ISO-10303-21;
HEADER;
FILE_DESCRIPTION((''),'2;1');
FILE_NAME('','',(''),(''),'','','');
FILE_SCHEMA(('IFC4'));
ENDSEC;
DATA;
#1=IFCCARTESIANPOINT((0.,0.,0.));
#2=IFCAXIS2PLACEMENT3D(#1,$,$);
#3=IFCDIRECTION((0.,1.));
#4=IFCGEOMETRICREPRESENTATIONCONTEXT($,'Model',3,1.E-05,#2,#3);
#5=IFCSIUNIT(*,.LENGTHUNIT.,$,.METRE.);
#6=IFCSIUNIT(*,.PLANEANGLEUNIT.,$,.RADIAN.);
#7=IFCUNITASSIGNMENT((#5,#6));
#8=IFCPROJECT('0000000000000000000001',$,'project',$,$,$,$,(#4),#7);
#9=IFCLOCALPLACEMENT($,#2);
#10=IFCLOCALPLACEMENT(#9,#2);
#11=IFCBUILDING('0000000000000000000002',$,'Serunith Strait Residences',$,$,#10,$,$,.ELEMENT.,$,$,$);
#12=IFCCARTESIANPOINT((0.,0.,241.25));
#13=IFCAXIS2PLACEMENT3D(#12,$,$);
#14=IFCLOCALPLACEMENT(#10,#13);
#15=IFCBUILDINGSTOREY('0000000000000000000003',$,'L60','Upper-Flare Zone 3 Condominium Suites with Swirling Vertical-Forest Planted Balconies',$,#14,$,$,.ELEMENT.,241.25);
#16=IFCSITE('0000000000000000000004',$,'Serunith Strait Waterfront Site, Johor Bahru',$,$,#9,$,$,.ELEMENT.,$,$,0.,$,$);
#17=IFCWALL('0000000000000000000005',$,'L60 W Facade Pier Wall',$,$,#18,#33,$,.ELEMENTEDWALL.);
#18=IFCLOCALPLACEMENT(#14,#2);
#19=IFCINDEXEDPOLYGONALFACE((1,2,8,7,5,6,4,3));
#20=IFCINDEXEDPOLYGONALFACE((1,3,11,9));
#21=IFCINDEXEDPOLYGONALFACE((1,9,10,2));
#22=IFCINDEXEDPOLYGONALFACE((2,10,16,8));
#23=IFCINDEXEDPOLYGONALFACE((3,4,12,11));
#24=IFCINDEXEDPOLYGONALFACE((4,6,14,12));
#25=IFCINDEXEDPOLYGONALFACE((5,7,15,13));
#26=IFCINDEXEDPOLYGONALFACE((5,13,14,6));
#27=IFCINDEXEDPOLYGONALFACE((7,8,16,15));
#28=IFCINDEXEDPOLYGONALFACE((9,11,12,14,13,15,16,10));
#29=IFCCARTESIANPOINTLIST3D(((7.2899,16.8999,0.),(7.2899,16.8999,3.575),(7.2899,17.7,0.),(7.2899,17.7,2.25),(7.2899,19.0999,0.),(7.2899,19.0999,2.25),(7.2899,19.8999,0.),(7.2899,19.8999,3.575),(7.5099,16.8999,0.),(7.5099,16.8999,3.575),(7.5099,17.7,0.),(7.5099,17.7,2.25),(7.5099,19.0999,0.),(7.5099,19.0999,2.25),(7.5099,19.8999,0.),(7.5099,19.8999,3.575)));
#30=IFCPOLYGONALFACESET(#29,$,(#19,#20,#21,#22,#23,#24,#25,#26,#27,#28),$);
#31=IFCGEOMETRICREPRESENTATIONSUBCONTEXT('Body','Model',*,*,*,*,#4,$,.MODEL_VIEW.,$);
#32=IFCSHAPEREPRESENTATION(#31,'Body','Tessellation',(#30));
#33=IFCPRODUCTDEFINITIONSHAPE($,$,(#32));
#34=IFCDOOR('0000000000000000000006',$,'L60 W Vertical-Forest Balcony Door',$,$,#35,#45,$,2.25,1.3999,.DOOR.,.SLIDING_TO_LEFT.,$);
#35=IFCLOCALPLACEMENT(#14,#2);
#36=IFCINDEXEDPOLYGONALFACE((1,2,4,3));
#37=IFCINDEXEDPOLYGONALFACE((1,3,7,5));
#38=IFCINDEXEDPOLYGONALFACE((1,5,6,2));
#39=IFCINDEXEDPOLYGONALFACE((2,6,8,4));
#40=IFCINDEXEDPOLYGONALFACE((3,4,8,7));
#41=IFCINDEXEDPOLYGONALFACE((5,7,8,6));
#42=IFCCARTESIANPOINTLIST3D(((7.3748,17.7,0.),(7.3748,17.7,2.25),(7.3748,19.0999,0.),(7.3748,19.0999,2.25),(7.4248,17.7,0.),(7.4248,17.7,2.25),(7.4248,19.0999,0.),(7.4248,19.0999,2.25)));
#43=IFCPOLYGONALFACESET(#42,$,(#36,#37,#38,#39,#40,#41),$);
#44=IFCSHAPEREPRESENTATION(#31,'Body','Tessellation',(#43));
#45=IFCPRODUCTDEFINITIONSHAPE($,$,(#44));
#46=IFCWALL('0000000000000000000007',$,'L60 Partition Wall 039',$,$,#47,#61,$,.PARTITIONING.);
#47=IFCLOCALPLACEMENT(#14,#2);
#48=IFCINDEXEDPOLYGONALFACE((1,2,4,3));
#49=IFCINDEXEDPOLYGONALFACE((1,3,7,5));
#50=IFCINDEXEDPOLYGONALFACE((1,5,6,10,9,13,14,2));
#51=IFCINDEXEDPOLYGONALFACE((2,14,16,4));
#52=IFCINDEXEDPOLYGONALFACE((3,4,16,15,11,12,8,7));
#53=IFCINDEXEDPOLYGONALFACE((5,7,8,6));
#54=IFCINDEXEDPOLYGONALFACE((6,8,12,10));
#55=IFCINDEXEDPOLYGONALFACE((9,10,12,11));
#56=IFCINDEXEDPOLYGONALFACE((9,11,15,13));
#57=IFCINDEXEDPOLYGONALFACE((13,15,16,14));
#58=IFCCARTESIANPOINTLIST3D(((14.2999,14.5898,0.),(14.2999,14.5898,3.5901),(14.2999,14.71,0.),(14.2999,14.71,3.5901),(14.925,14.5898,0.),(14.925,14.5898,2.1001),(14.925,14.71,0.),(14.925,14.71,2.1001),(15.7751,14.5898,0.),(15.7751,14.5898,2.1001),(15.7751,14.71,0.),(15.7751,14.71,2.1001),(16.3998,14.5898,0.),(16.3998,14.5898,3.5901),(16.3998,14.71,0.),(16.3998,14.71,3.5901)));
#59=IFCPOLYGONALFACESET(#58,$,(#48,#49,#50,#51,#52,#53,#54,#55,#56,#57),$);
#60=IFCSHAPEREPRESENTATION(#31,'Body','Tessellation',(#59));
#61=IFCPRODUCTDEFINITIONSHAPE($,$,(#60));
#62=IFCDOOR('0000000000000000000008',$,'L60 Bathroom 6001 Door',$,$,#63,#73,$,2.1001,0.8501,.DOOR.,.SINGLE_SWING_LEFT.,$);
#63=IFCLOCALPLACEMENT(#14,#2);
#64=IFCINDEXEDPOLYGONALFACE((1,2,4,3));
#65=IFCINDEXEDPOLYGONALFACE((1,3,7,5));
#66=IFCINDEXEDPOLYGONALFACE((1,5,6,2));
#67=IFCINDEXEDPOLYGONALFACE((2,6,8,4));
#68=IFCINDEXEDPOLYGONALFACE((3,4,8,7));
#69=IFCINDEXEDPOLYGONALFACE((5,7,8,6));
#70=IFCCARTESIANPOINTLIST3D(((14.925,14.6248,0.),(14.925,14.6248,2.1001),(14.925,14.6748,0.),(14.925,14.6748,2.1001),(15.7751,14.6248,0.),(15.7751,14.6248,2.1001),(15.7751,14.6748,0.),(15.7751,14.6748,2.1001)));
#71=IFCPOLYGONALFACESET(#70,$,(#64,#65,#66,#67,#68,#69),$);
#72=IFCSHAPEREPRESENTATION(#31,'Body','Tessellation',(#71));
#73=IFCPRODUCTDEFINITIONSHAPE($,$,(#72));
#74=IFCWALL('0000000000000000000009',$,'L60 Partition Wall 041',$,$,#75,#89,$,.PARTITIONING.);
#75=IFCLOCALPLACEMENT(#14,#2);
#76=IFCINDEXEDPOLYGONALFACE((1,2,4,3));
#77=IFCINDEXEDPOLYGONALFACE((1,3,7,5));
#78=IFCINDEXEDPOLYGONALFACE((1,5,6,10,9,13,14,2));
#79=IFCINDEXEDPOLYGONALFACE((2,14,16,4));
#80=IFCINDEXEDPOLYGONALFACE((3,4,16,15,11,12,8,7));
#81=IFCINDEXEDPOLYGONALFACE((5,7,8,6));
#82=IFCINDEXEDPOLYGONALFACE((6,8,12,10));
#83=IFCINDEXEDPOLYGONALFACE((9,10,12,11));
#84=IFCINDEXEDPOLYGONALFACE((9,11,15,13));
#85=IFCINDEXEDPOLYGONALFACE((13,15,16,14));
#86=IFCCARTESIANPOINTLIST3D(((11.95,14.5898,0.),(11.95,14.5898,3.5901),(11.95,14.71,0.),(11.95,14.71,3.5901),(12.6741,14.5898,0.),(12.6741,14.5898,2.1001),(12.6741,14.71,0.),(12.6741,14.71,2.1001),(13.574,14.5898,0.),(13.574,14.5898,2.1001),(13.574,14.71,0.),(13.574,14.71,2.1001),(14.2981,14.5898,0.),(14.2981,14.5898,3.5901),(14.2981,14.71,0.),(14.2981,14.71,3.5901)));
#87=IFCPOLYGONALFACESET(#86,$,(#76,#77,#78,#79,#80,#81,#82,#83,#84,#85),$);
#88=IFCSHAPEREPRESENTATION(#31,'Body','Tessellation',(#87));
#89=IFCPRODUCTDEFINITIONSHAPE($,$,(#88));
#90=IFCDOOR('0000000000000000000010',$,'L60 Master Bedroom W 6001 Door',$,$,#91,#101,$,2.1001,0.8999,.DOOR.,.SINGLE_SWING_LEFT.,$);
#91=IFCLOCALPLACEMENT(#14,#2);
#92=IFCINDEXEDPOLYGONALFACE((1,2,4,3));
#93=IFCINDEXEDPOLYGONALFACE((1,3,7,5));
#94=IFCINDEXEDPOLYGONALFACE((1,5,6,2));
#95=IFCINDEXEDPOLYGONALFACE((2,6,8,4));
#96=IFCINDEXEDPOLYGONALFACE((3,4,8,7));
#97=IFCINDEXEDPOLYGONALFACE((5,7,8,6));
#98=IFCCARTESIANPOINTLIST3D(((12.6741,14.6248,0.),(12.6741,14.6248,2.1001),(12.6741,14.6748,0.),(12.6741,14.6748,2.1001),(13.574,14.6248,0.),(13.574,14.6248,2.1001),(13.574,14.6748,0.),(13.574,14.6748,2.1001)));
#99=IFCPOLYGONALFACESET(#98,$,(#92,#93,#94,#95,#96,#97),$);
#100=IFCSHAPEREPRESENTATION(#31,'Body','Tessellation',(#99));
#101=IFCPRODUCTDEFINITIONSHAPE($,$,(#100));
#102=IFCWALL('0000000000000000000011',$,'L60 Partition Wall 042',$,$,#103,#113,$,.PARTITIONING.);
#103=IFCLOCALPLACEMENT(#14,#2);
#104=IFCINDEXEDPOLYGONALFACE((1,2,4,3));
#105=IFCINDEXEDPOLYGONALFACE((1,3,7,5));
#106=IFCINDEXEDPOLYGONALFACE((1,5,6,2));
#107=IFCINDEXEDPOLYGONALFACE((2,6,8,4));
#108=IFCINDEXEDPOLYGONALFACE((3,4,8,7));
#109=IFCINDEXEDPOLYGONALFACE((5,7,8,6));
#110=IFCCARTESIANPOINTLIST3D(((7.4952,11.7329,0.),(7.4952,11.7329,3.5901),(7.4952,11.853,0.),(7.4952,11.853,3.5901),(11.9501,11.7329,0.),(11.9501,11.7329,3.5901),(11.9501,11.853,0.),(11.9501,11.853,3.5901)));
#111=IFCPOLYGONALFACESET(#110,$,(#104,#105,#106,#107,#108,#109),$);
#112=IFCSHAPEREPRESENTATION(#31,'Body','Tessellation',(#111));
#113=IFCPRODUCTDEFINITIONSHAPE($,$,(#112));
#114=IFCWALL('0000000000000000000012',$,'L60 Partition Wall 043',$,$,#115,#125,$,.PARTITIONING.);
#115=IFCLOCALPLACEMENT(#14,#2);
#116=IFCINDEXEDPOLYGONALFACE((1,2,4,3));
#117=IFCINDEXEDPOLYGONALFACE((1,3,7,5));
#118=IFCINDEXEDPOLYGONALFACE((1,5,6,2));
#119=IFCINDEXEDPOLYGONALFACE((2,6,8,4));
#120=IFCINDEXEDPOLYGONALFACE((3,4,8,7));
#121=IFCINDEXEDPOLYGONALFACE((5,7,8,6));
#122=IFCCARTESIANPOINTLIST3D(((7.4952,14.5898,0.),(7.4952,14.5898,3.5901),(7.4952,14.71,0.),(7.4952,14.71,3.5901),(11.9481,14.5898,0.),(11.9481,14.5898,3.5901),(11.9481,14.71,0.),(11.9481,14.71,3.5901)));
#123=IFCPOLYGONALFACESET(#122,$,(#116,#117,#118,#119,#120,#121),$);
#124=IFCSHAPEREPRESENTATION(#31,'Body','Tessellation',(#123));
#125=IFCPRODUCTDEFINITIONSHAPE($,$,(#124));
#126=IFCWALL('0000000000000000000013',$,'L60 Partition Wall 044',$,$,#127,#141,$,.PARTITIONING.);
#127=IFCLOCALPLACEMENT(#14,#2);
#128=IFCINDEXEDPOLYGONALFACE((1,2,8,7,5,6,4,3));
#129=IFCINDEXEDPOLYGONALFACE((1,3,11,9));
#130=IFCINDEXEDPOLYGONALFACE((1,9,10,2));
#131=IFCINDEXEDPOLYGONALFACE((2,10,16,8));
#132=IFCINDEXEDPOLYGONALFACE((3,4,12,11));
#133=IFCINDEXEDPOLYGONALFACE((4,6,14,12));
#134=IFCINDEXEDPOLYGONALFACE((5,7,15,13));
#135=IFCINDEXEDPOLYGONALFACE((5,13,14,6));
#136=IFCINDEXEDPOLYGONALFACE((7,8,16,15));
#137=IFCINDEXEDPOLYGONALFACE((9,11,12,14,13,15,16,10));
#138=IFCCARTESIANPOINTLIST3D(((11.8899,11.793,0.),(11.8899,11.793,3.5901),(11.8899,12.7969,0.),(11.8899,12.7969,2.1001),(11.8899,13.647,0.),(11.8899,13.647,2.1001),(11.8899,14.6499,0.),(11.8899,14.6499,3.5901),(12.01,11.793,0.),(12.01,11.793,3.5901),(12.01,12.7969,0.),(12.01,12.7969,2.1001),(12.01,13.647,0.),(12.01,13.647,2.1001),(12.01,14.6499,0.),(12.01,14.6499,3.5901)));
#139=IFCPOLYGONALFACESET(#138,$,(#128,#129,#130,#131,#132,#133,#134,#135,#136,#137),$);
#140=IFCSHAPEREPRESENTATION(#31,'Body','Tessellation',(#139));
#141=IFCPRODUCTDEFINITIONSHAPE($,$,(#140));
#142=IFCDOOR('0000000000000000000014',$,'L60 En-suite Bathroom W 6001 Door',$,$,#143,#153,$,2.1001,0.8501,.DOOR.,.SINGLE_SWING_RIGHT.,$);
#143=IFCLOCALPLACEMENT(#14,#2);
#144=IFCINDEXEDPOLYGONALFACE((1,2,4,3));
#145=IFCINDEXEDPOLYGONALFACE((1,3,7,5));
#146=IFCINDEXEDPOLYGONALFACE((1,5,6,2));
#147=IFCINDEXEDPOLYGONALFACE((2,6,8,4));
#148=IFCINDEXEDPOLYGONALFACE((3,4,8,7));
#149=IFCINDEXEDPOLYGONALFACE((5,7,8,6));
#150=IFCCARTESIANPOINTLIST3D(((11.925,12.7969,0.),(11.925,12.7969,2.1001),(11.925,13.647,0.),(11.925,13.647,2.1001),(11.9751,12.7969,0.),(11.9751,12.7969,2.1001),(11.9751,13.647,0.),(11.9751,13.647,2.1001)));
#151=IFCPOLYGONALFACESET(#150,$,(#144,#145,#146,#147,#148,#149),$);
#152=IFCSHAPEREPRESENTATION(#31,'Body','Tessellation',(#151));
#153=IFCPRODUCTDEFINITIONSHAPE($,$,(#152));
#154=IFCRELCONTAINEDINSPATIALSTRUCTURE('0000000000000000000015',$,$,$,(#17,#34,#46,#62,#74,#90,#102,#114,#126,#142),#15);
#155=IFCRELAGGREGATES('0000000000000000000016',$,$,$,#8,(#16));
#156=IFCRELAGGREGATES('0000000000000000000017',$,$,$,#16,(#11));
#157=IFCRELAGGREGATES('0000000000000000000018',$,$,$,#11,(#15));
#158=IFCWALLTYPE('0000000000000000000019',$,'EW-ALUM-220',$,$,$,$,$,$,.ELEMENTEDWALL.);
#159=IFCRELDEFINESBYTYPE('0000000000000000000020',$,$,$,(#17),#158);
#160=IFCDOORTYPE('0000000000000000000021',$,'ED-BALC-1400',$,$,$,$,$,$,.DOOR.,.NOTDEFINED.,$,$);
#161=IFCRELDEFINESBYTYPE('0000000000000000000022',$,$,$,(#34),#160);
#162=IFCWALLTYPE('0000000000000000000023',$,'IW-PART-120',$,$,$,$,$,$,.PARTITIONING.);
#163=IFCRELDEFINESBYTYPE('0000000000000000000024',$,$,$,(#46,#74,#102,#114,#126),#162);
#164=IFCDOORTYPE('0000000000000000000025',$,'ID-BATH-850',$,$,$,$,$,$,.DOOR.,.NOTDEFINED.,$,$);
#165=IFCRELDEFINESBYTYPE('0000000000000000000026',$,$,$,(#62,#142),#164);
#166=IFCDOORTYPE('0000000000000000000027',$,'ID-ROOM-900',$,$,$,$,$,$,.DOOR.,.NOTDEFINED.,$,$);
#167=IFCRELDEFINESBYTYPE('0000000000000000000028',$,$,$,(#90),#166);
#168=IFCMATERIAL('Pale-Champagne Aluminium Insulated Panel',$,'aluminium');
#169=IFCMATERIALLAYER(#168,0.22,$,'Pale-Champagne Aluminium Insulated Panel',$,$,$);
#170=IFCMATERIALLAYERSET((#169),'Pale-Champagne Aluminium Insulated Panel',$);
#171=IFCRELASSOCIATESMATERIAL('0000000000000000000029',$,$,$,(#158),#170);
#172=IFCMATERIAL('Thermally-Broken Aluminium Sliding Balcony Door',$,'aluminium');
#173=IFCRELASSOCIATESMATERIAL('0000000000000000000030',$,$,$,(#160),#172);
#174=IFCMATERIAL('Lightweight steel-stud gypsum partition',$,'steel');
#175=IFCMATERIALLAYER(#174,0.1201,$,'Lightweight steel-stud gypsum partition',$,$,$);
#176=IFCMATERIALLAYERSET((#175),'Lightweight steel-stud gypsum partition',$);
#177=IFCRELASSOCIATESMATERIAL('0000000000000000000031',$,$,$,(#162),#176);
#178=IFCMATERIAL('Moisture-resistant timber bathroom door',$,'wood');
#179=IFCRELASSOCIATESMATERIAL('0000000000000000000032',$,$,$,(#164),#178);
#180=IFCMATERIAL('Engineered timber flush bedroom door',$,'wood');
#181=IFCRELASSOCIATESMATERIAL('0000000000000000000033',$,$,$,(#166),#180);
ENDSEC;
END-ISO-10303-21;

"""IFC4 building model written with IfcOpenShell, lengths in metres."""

from ifc_helpers import new_model, si_unit, direction, frame, frame_2d, origin, place, context, subcontext, project, spatial, rectangle, extrude, source, transform, mapped, material, layer, layer_set, type_object, element, fill, save


model = new_model("IFC4")

# Units and contexts
model_context = context("Model", 3, precision=1e-05, world=origin(), true_north=direction((0.0, 1.0)))
body_context = subcontext(model_context, "Body", "Model", "MODEL_VIEW")
ifc_project = project(units=[si_unit("LENGTHUNIT", "METRE"), si_unit("PLANEANGLEUNIT", "RADIAN")], contexts=[model_context])

# Site, building, storey
site_placement = place(None, origin())
site = spatial("IfcSite", under=ifc_project, at=site_placement, Name="Serunith Strait Waterfront Site, Johor Bahru", CompositionType="ELEMENT", RefElevation=0.0)
building_placement = place(site_placement, origin())
building = spatial("IfcBuilding", under=site, at=building_placement, Name="Serunith Strait Residences", CompositionType="ELEMENT")
storey_placement = place(building_placement, frame((0.0, 0.0, 241.25)))
storey = spatial("IfcBuildingStorey", under=building, at=storey_placement, Name="L60", Description="Upper-Flare Zone 3 Condominium Suites with Swirling Vertical-Forest Planted Balconies", CompositionType="ELEMENT", Elevation=241.25)

# Walls, openings, doors
ifc_material_1 = material(Name="Pale-Champagne Aluminium Insulated Panel", Category="aluminium")
ifc_layer_1 = layer(ifc_material_1, 0.22, Name="Pale-Champagne Aluminium Insulated Panel")
ifc_layer_set_1 = layer_set([ifc_layer_1], Name="Pale-Champagne Aluminium Insulated Panel")
wall_type_1 = type_object("IfcWallType", Name="EW-ALUM-220", PredefinedType="ELEMENTEDWALL", material=ifc_layer_set_1)
wall_1_placement = place(storey_placement, frame((7.3999, 19.8999, 0.0), z_axis=(0.0, 0.0, 1.0), x_axis=(0.0, -1.0, 0.0)))
wall_1 = element("IfcWall", 1, at=wall_1_placement, inside=storey, type_object=wall_type_1, Name="L60 W Facade Pier Wall", PredefinedType="ELEMENTEDWALL", context=body_context, shape_type="SweptSolid", body=[
    extrude(rectangle(XDim=3.0, YDim=0.22, at=frame_2d((1.5, 0.0))), origin(), (0.0, 0.0, 1.0), 3.575),
])
opening_1_placement = place(wall_1_placement, frame((0.8, 0.0, 0.0)))
opening_1 = element("IfcOpeningElement", 2, at=opening_1_placement, cuts=wall_1, PredefinedType="OPENING", context=body_context, shape_type="SweptSolid", body=[
    extrude(rectangle(XDim=1.3999, YDim=2.25, at=frame_2d((0.7, 1.125))), frame((0.0, 0.1201, 0.0), z_axis=(0.0, -1.0, 0.0), x_axis=(1.0, 0.0, 0.0)), (0.0, 0.0, 1.0), 0.24),
])
ifc_material_2 = material(Name="Thermally-Broken Aluminium Sliding Balcony Door", Category="aluminium")
door_type_1 = type_object("IfcDoorType", Name="ED-BALC-1400", OperationType="NOTDEFINED", PredefinedType="DOOR", material=ifc_material_2)
shared_shape_1 = source(origin(), body_context, "Body", "SweptSolid", [
    extrude(rectangle(XDim=1.3999, YDim=2.25, at=frame_2d((0.7, 1.125))), frame((0.0, 0.0249, 0.0), z_axis=(0.0, -1.0, 0.0), x_axis=(1.0, 0.0, 0.0)), (0.0, 0.0, 1.0), 0.05),
])
door_1_placement = place(opening_1_placement, origin())
door_1 = element("IfcDoor", 3, at=door_1_placement, inside=storey, type_object=door_type_1, Name="L60 W Vertical-Forest Balcony Door", OperationType="SLIDING_TO_LEFT", OverallHeight=2.25, OverallWidth=1.3999, PredefinedType="DOOR", context=body_context, shape_type="MappedRepresentation", body=[
    mapped(shared_shape_1, transform((0.0, 0.0, 0.0), scale=1.0)),
])
fill(opening_1, door_1)
ifc_material_3 = material(Name="Lightweight steel-stud gypsum partition", Category="steel")
ifc_layer_2 = layer(ifc_material_3, 0.1201, Name="Lightweight steel-stud gypsum partition")
ifc_layer_set_2 = layer_set([ifc_layer_2], Name="Lightweight steel-stud gypsum partition")
wall_type_2 = type_object("IfcWallType", Name="IW-PART-120", PredefinedType="PARTITIONING", material=ifc_layer_set_2)
wall_2_placement = place(storey_placement, frame((14.3, 14.6499, 0.0), z_axis=(0.0, 0.0, 1.0), x_axis=(1.0, 0.0, 0.0)))
wall_2 = element("IfcWall", 4, at=wall_2_placement, inside=storey, type_object=wall_type_2, Name="L60 Partition Wall 039", PredefinedType="PARTITIONING", context=body_context, shape_type="SweptSolid", body=[
    extrude(rectangle(XDim=2.0999, YDim=0.1201, at=frame_2d((1.0498, 0.0))), origin(), (0.0, 0.0, 1.0), 3.5901),
])
opening_2_placement = place(wall_2_placement, frame((0.625, 0.0, 0.0)))
opening_2 = element("IfcOpeningElement", 5, at=opening_2_placement, cuts=wall_2, PredefinedType="OPENING", context=body_context, shape_type="SweptSolid", body=[
    extrude(rectangle(XDim=0.8501, YDim=2.1001, at=frame_2d((0.425, 1.05))), frame((0.0, 0.0701, 0.0), z_axis=(0.0, -1.0, 0.0), x_axis=(1.0, 0.0, 0.0)), (0.0, 0.0, 1.0), 0.1401),
])
ifc_material_4 = material(Name="Moisture-resistant timber bathroom door", Category="wood")
door_type_2 = type_object("IfcDoorType", Name="ID-BATH-850", OperationType="NOTDEFINED", PredefinedType="DOOR", material=ifc_material_4)
shared_shape_2 = source(origin(), body_context, "Body", "SweptSolid", [
    extrude(rectangle(XDim=0.8501, YDim=2.1001, at=frame_2d((0.425, 1.05))), frame((0.0, 0.0249, 0.0), z_axis=(0.0, -1.0, 0.0), x_axis=(1.0, 0.0, 0.0)), (0.0, 0.0, 1.0), 0.05),
])
door_2_placement = place(opening_2_placement, origin())
door_2 = element("IfcDoor", 6, at=door_2_placement, inside=storey, type_object=door_type_2, Name="L60 Bathroom 6001 Door", OperationType="SINGLE_SWING_LEFT", OverallHeight=2.1001, OverallWidth=0.8501, PredefinedType="DOOR", context=body_context, shape_type="MappedRepresentation", body=[
    mapped(shared_shape_2, transform((0.0, 0.0, 0.0), scale=1.0)),
])
fill(opening_2, door_2)
wall_3_placement = place(storey_placement, frame((11.95, 14.6499, 0.0), z_axis=(0.0, 0.0, 1.0), x_axis=(1.0, 0.0, 0.0)))
wall_3 = element("IfcWall", 7, at=wall_3_placement, inside=storey, type_object=wall_type_2, Name="L60 Partition Wall 041", PredefinedType="PARTITIONING", context=body_context, shape_type="SweptSolid", body=[
    extrude(rectangle(XDim=2.3481, YDim=0.1201, at=frame_2d((1.1741, 0.0))), origin(), (0.0, 0.0, 1.0), 3.5901),
])
opening_3_placement = place(wall_3_placement, frame((0.7241, 0.0, 0.0)))
opening_3 = element("IfcOpeningElement", 8, at=opening_3_placement, cuts=wall_3, PredefinedType="OPENING", context=body_context, shape_type="SweptSolid", body=[
    extrude(rectangle(XDim=0.8999, YDim=2.1001, at=frame_2d((0.45, 1.05))), frame((0.0, 0.0701, 0.0), z_axis=(0.0, -1.0, 0.0), x_axis=(1.0, 0.0, 0.0)), (0.0, 0.0, 1.0), 0.1401),
])
ifc_material_5 = material(Name="Engineered timber flush bedroom door", Category="wood")
door_type_3 = type_object("IfcDoorType", Name="ID-ROOM-900", OperationType="NOTDEFINED", PredefinedType="DOOR", material=ifc_material_5)
shared_shape_3 = source(origin(), body_context, "Body", "SweptSolid", [
    extrude(rectangle(XDim=0.8999, YDim=2.1001, at=frame_2d((0.45, 1.05))), frame((0.0, 0.0249, 0.0), z_axis=(0.0, -1.0, 0.0), x_axis=(1.0, 0.0, 0.0)), (0.0, 0.0, 1.0), 0.05),
])
door_3_placement = place(opening_3_placement, origin())
door_3 = element("IfcDoor", 9, at=door_3_placement, inside=storey, type_object=door_type_3, Name="L60 Master Bedroom W 6001 Door", OperationType="SINGLE_SWING_LEFT", OverallHeight=2.1001, OverallWidth=0.8999, PredefinedType="DOOR", context=body_context, shape_type="MappedRepresentation", body=[
    mapped(shared_shape_3, transform((0.0, 0.0, 0.0), scale=1.0)),
])
fill(opening_3, door_3)

# Walls
wall_4_placement = place(storey_placement, frame((7.4951, 11.793, 0.0), z_axis=(0.0, 0.0, 1.0), x_axis=(1.0, 0.0, 0.0)))
element("IfcWall", 10, at=wall_4_placement, inside=storey, type_object=wall_type_2, Name="L60 Partition Wall 042", PredefinedType="PARTITIONING", context=body_context, shape_type="SweptSolid", body=[
    extrude(rectangle(XDim=4.4548, YDim=0.1201, at=frame_2d((2.2275, 0.0))), origin(), (0.0, 0.0, 1.0), 3.5901),
])
wall_5_placement = place(storey_placement, frame((7.4951, 14.6499, 0.0), z_axis=(0.0, 0.0, 1.0), x_axis=(1.0, 0.0, 0.0)))
element("IfcWall", 11, at=wall_5_placement, inside=storey, type_object=wall_type_2, Name="L60 Partition Wall 043", PredefinedType="PARTITIONING", context=body_context, shape_type="SweptSolid", body=[
    extrude(rectangle(XDim=4.4529, YDim=0.1201, at=frame_2d((2.2266, 0.0))), origin(), (0.0, 0.0, 1.0), 3.5901),
])

# Wall, opening, door
wall_6_placement = place(storey_placement, frame((11.95, 11.793, 0.0), z_axis=(0.0, 0.0, 1.0), x_axis=(0.0, 1.0, 0.0)))
wall_6 = element("IfcWall", 12, at=wall_6_placement, inside=storey, type_object=wall_type_2, Name="L60 Partition Wall 044", PredefinedType="PARTITIONING", context=body_context, shape_type="SweptSolid", body=[
    extrude(rectangle(XDim=2.8569, YDim=0.1201, at=frame_2d((1.4285, 0.0))), origin(), (0.0, 0.0, 1.0), 3.5901),
])
opening_4_placement = place(wall_6_placement, frame((1.0039, 0.0, 0.0)))
opening_4 = element("IfcOpeningElement", 13, at=opening_4_placement, cuts=wall_6, PredefinedType="OPENING", context=body_context, shape_type="SweptSolid", body=[
    extrude(rectangle(XDim=0.8501, YDim=2.1001, at=frame_2d((0.425, 1.05))), frame((0.0, 0.0701, 0.0), z_axis=(0.0, -1.0, 0.0), x_axis=(1.0, 0.0, 0.0)), (0.0, 0.0, 1.0), 0.1401),
])
door_4_placement = place(opening_4_placement, origin())
door_4 = element("IfcDoor", 14, at=door_4_placement, inside=storey, type_object=door_type_2, Name="L60 En-suite Bathroom W 6001 Door", OperationType="SINGLE_SWING_RIGHT", OverallHeight=2.1001, OverallWidth=0.8501, PredefinedType="DOOR", context=body_context, shape_type="MappedRepresentation", body=[
    mapped(shared_shape_2, transform((0.0, 0.0, 0.0), scale=1.0)),
])
fill(opening_4, door_4)

save(model, "model.ifc")
